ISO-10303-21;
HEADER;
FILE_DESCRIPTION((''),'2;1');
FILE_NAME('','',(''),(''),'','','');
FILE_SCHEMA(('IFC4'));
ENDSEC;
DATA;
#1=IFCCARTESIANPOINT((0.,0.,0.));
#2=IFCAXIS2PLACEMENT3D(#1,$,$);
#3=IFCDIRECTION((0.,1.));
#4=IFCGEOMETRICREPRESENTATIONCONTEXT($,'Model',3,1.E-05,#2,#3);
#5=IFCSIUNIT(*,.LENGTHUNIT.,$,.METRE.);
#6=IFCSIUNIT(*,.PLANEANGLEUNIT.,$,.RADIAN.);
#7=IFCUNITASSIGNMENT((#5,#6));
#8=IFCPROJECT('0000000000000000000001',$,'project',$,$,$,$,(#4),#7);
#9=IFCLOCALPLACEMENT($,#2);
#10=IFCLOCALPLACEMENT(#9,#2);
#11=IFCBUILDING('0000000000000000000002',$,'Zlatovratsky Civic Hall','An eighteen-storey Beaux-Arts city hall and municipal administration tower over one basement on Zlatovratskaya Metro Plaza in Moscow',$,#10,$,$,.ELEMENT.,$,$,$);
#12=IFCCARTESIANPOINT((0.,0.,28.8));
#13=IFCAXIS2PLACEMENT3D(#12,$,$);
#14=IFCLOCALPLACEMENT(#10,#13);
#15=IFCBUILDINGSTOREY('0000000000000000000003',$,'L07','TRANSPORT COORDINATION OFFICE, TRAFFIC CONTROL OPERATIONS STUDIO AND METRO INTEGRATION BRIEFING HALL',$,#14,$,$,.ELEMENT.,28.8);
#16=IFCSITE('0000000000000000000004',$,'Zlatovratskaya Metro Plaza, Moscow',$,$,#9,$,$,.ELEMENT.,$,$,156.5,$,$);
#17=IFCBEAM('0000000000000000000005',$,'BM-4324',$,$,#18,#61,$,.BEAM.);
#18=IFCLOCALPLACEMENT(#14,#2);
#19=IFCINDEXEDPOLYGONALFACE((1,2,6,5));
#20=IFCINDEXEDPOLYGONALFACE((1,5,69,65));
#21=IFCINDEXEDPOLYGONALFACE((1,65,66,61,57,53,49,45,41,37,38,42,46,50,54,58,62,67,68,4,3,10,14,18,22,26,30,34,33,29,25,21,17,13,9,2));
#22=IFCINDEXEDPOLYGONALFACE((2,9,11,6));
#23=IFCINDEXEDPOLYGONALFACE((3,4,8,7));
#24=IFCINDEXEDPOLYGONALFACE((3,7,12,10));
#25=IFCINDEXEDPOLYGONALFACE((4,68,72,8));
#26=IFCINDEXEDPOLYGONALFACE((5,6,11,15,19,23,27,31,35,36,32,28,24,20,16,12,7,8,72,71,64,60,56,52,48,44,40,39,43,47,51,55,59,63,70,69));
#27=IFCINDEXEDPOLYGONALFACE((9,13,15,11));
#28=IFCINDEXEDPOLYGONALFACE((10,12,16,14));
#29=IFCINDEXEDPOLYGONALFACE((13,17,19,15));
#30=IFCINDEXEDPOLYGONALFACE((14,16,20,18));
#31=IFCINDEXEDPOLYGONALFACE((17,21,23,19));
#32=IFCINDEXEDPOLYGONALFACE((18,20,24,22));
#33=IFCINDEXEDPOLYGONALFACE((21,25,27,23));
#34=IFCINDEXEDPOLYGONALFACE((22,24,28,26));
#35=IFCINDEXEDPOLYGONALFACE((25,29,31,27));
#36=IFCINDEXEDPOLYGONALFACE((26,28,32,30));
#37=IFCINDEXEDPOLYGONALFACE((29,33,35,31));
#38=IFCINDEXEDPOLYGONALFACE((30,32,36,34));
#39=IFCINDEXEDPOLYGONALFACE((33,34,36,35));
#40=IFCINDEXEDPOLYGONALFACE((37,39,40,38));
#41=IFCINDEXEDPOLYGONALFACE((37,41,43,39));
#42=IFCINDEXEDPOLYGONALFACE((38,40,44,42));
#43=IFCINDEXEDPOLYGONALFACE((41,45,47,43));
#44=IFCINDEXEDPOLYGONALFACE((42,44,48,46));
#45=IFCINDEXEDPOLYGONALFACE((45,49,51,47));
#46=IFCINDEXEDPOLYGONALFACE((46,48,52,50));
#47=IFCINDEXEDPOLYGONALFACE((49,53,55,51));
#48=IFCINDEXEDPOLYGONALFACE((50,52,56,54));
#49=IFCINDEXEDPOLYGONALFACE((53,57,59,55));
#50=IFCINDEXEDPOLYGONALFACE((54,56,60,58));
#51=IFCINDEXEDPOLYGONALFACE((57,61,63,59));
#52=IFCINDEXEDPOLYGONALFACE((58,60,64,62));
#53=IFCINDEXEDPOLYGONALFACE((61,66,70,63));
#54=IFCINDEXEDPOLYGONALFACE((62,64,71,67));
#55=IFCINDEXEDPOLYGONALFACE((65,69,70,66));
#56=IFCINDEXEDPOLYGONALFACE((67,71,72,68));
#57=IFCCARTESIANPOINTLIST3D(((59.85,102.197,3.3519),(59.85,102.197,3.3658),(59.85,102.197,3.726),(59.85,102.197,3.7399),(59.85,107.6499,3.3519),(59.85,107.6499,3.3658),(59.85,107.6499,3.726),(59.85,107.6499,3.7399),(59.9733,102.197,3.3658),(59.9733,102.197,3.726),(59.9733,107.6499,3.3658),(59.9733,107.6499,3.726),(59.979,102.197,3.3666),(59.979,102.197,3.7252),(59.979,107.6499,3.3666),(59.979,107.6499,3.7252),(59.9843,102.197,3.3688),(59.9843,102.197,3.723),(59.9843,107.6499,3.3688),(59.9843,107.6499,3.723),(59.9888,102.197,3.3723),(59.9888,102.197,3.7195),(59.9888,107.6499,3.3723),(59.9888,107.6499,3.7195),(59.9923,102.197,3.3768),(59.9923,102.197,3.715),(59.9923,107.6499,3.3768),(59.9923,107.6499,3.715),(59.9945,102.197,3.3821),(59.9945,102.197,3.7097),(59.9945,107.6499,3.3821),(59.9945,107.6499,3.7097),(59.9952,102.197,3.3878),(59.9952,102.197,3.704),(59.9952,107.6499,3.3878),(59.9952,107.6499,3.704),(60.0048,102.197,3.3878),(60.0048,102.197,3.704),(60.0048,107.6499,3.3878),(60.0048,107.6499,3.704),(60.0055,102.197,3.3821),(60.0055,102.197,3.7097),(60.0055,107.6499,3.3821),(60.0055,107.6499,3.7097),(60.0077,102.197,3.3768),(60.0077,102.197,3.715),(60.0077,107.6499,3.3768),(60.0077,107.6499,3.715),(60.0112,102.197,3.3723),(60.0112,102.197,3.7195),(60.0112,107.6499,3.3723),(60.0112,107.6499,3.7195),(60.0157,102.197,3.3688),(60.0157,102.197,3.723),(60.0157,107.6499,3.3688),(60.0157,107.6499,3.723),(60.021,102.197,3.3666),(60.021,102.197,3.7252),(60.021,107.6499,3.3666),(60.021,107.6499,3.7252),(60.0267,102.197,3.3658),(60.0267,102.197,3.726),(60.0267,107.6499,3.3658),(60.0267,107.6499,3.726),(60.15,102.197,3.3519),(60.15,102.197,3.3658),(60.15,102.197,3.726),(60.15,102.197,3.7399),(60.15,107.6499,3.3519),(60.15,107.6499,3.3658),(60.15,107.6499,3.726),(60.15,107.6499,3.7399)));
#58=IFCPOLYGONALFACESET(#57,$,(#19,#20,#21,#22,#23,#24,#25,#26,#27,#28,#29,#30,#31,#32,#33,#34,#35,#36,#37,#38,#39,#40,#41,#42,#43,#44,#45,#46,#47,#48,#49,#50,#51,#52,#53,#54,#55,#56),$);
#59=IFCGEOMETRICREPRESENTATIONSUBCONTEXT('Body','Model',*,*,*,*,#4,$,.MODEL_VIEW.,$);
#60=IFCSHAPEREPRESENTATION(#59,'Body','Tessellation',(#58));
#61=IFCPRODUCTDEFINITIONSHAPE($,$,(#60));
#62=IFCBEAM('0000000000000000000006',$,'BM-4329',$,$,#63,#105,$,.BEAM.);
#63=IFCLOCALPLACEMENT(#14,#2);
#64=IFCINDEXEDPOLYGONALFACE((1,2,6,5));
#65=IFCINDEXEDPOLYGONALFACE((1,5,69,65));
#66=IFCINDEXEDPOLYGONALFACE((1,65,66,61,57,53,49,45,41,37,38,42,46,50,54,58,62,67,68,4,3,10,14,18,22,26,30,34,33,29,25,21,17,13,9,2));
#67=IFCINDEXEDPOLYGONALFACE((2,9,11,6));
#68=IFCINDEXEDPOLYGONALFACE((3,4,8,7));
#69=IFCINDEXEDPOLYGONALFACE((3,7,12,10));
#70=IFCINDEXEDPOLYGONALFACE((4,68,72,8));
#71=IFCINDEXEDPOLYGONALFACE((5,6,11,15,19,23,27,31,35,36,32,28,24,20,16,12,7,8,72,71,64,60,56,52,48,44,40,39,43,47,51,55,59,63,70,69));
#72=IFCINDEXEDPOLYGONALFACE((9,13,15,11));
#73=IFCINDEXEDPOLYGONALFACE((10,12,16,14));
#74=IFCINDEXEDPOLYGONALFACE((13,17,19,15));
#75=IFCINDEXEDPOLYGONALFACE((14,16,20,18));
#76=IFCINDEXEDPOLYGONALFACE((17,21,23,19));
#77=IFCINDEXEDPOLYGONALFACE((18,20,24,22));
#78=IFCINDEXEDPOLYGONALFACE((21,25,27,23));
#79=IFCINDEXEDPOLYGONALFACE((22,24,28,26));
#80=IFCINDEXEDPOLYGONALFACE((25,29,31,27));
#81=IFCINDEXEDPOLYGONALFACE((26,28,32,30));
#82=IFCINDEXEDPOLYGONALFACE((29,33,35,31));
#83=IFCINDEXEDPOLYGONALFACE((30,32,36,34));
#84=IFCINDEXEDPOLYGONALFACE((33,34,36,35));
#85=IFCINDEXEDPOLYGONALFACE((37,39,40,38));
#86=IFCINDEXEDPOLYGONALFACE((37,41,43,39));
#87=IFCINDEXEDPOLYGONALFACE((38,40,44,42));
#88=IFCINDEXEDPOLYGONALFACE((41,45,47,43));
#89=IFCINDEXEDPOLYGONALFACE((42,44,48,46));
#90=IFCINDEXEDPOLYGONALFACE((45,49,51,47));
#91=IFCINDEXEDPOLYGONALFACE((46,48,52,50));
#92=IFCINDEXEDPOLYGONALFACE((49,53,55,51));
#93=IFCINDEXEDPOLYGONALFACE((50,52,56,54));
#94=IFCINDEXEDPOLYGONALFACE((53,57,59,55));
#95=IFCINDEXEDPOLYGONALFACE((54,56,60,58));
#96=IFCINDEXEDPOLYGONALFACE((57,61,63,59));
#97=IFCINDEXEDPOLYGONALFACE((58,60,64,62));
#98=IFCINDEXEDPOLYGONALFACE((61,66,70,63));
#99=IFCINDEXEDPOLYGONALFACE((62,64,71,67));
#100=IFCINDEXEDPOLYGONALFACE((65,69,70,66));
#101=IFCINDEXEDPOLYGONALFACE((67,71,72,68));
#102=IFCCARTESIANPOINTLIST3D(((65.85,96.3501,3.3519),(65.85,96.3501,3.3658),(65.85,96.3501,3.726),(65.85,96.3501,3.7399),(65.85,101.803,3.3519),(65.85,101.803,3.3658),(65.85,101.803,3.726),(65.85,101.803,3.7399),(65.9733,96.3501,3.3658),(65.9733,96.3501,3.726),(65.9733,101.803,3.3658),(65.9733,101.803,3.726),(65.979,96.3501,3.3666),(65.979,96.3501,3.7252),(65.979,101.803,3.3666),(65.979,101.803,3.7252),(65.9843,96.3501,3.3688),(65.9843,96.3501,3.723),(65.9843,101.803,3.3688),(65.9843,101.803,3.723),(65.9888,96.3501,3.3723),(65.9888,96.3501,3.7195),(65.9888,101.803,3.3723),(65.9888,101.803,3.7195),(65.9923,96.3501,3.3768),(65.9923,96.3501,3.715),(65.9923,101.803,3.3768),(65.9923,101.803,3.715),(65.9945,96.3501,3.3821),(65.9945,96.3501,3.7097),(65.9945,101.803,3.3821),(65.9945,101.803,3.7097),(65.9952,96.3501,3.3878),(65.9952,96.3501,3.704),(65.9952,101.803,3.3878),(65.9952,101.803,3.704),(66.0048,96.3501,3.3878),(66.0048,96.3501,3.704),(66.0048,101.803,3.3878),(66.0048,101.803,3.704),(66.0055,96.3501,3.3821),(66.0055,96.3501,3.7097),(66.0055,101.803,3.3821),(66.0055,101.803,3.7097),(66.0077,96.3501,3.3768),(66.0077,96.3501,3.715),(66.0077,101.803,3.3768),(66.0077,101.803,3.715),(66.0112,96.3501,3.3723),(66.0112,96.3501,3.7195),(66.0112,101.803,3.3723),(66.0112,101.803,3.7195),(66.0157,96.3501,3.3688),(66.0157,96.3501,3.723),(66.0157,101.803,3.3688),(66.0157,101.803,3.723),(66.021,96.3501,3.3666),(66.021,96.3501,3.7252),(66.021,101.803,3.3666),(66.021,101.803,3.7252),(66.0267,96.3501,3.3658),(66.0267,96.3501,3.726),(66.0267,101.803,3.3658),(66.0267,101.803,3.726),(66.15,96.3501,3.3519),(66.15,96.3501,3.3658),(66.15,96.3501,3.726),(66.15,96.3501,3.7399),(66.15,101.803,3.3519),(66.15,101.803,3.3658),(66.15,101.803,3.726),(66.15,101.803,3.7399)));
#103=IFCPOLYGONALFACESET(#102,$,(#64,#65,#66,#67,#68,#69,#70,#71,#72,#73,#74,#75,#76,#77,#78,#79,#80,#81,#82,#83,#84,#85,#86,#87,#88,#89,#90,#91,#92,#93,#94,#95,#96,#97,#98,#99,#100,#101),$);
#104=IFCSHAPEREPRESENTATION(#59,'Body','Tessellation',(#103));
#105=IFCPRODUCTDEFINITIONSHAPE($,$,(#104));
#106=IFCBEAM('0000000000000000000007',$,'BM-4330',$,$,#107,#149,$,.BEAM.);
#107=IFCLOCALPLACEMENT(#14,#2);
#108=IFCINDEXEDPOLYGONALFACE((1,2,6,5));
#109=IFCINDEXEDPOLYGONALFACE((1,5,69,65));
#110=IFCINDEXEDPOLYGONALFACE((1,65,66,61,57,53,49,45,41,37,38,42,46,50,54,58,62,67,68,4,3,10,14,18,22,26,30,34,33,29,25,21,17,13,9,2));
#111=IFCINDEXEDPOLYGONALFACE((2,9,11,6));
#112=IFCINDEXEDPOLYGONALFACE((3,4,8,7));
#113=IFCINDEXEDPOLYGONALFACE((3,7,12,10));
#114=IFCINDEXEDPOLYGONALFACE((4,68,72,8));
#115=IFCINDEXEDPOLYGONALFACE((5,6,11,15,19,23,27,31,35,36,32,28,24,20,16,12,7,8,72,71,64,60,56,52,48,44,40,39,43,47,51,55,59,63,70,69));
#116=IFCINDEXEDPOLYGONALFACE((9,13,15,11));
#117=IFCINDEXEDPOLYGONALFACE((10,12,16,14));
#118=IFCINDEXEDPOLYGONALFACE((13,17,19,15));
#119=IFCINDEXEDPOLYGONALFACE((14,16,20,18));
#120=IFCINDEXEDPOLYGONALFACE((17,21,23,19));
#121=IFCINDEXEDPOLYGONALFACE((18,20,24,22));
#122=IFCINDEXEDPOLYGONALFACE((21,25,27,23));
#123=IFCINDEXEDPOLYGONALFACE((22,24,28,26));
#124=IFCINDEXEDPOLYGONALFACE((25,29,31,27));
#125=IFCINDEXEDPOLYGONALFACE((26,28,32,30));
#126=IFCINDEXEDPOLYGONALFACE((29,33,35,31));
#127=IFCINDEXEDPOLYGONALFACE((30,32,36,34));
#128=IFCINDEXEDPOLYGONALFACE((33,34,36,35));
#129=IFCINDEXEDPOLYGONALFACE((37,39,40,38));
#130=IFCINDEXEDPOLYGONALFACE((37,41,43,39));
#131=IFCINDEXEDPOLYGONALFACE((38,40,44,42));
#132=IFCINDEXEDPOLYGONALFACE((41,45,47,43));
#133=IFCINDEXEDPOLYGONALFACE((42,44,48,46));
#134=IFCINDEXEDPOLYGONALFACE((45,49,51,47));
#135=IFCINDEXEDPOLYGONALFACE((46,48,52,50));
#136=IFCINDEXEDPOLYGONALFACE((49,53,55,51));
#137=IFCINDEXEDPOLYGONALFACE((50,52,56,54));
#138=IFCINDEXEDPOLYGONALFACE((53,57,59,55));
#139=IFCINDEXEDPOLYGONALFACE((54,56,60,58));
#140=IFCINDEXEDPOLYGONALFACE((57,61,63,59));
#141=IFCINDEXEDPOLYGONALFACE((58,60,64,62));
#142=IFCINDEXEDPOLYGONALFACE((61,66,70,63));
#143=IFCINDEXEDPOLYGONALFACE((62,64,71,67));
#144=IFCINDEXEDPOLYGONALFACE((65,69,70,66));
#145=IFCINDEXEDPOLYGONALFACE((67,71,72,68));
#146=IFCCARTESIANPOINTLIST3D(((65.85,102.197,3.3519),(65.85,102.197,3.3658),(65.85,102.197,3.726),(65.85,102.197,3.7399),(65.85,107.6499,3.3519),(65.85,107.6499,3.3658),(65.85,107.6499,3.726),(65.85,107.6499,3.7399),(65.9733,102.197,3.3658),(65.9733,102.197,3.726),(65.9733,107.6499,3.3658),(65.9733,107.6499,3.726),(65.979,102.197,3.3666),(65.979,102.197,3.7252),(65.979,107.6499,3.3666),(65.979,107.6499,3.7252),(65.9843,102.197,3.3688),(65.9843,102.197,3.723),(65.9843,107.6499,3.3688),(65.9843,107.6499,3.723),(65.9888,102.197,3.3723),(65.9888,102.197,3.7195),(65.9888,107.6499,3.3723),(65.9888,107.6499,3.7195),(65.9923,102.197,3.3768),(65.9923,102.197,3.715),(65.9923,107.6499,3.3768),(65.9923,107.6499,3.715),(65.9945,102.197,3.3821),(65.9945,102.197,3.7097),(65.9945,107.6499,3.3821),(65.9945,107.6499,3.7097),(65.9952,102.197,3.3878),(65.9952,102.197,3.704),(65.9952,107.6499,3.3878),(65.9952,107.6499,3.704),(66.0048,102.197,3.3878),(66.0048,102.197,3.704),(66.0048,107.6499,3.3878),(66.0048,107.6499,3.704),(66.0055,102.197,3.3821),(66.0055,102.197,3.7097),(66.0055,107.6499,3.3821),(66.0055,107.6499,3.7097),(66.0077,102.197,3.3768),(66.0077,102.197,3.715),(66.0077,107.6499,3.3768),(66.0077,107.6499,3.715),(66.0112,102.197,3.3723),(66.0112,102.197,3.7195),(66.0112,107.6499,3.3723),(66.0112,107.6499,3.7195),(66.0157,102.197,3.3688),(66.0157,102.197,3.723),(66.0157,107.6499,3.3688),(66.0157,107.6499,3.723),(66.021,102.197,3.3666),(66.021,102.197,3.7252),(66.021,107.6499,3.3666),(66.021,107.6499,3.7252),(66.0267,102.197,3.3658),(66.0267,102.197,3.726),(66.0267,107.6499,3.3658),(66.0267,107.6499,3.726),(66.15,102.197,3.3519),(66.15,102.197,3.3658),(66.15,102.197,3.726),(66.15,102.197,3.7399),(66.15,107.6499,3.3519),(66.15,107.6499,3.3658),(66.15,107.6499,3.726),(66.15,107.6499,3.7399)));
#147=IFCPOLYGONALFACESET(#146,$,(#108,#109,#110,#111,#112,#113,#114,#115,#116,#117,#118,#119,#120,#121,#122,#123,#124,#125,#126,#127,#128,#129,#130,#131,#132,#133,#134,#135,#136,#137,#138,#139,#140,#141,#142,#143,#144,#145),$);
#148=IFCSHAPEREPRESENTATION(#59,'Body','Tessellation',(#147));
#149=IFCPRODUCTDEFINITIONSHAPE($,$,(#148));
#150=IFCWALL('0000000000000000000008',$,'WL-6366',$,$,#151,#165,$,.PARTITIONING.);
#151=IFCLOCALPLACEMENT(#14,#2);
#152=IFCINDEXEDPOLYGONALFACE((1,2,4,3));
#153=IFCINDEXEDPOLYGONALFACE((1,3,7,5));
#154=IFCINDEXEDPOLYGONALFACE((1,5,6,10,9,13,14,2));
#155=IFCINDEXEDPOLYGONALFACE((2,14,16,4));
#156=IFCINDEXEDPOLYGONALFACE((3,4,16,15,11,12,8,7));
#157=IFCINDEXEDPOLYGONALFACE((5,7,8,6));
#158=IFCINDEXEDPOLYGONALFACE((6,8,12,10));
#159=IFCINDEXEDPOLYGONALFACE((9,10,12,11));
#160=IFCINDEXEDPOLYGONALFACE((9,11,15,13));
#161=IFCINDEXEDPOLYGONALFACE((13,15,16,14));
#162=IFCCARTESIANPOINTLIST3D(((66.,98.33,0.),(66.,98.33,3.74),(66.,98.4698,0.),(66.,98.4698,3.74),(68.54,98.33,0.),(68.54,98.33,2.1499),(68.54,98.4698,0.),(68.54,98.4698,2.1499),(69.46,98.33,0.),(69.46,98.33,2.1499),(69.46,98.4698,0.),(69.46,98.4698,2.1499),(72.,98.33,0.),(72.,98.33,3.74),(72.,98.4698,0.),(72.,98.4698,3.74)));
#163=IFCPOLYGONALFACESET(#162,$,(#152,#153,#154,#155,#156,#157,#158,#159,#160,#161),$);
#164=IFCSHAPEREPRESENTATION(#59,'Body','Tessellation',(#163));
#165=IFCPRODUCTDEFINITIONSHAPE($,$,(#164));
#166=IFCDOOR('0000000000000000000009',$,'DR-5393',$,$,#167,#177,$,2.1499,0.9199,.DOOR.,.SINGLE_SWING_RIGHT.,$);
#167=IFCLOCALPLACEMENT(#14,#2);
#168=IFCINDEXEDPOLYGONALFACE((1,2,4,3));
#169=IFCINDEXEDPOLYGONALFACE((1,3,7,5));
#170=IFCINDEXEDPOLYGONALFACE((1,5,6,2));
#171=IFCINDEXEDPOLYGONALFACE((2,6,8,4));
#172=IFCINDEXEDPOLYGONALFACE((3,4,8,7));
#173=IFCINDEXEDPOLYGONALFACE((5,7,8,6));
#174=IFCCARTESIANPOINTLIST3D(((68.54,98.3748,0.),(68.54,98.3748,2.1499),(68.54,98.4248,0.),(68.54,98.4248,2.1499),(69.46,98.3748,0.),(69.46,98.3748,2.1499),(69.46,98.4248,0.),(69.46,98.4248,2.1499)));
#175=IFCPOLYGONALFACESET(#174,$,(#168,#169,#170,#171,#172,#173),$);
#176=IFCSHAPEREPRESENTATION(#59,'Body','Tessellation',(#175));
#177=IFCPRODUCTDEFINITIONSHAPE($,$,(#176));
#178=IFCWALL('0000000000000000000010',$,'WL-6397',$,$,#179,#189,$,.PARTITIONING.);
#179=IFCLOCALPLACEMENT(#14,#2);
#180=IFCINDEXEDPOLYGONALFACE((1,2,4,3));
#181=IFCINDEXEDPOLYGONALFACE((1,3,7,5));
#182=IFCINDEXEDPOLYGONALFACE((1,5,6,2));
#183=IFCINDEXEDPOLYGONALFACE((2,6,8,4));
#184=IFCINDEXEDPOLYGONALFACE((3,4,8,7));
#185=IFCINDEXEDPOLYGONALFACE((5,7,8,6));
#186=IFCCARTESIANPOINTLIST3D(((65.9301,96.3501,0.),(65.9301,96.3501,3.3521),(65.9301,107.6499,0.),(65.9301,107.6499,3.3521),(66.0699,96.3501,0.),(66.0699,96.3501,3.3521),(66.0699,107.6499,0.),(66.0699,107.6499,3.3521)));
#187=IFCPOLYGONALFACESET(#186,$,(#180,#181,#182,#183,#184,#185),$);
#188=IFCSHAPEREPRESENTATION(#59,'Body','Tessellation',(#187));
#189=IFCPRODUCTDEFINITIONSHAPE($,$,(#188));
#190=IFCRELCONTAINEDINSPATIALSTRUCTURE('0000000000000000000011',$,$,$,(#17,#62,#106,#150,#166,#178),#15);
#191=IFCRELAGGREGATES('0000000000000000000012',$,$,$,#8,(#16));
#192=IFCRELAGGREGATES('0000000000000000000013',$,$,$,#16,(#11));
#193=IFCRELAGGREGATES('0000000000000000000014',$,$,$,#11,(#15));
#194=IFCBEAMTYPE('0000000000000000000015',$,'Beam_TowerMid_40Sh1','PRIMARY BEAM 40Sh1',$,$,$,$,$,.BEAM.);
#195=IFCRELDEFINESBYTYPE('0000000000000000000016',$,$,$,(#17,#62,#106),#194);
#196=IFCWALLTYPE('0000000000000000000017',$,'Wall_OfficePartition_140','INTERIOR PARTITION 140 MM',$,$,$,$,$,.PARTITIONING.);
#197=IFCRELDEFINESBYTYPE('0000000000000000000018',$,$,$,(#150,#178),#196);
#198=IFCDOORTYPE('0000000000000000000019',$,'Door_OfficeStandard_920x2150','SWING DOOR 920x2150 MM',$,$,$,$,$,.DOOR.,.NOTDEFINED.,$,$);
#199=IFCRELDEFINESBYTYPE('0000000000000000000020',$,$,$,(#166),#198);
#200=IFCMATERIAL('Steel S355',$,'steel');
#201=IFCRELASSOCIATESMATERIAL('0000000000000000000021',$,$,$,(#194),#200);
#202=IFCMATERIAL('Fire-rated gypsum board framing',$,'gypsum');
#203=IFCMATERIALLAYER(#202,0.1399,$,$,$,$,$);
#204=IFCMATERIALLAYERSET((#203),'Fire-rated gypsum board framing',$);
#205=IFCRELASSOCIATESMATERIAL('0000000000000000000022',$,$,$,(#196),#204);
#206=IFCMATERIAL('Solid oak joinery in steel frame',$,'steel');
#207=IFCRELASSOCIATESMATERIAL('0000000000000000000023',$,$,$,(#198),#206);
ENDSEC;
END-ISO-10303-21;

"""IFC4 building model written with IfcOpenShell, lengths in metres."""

from ifc_helpers import new_model, si_unit, direction, frame, frame_2d, origin, origin_2d, place, context, subcontext, project, spatial, rectangle, i_section, extrude, material, layer, layer_set, material_profile, profile_set, type_object, element, fill, save


model = new_model("IFC4")

# Units and contexts
model_context = context("Model", 3, precision=1e-05, world=origin(), true_north=direction((0.0, 1.0)))
body_context = subcontext(model_context, "Body", "Model", "MODEL_VIEW")
ifc_project = project(units=[si_unit("LENGTHUNIT", "METRE"), si_unit("PLANEANGLEUNIT", "RADIAN")], contexts=[model_context])

# Site, building, storey
site_placement = place(None, origin())
site = spatial("IfcSite", under=ifc_project, at=site_placement, Name="Zlatovratskaya Metro Plaza, Moscow", CompositionType="ELEMENT", RefElevation=156.5)
building_placement = place(site_placement, origin())
building = spatial("IfcBuilding", under=site, at=building_placement, Name="Zlatovratsky Civic Hall", Description="An eighteen-storey Beaux-Arts city hall and municipal administration tower over one basement on Zlatovratskaya Metro Plaza in Moscow", CompositionType="ELEMENT")
storey_placement = place(building_placement, frame((0.0, 0.0, 28.8)))
storey = spatial("IfcBuildingStorey", under=building, at=storey_placement, Name="L07", Description="TRANSPORT COORDINATION OFFICE, TRAFFIC CONTROL OPERATIONS STUDIO AND METRO INTEGRATION BRIEFING HALL", CompositionType="ELEMENT", Elevation=28.8)

# Shared definitions
ifc_material_1 = material(Name="Steel S355", Category="steel")

# Beams
ifc_material_profile_1 = material_profile(ifc_material_1, i_section(OverallWidth=0.3, OverallDepth=0.3879, WebThickness=0.0095, FlangeThickness=0.0139, FilletRadius=0.022, at=origin_2d()), Name="40Sh1")
ifc_profile_set_1 = profile_set([ifc_material_profile_1], Name="Steel S355")
beam_type_1 = type_object("IfcBeamType", Name="Beam_TowerMid_40Sh1", Description="PRIMARY BEAM 40Sh1", PredefinedType="BEAM", material=ifc_profile_set_1)
for number, where, z_axis, x_axis, name in (
    (1, (60.0, 102.197, 3.5459), (0.0, 1.0, 0.0), (-1.0, 0.0, 0.0), "BM-4324"),
    (2, (66.0, 96.3501, 3.5459), (0.0, 1.0, 0.0), (-1.0, 0.0, 0.0), "BM-4329"),
    (3, (66.0, 102.197, 3.5459), (0.0, 1.0, 0.0), (-1.0, 0.0, 0.0), "BM-4330"),
):
    element("IfcBeam", number, at=place(storey_placement, frame(where, z_axis=z_axis, x_axis=x_axis)), inside=storey, type_object=beam_type_1, Name=name, PredefinedType="BEAM", context=body_context, shape_type="SweptSolid", body=[
        extrude(i_section(OverallWidth=0.3, OverallDepth=0.3879, WebThickness=0.0095, FlangeThickness=0.0139, FilletRadius=0.022, at=origin_2d()), origin(), (0.0, 0.0, 1.0), 5.4529),
    ])

# Wall, opening, door
ifc_material_2 = material(Name="Fire-rated gypsum board framing", Category="gypsum")
ifc_layer_1 = layer(ifc_material_2, 0.1399)
ifc_layer_set_1 = layer_set([ifc_layer_1], Name="Fire-rated gypsum board framing")
wall_type_1 = type_object("IfcWallType", Name="Wall_OfficePartition_140", Description="INTERIOR PARTITION 140 MM", PredefinedType="PARTITIONING", material=ifc_layer_set_1)
wall_1_placement = place(storey_placement, frame((66.0, 98.3999, 0.0), z_axis=(0.0, 0.0, 1.0), x_axis=(1.0, 0.0, 0.0)))
wall_1 = element("IfcWall", 4, at=wall_1_placement, inside=storey, type_object=wall_type_1, Name="WL-6366", PredefinedType="PARTITIONING", context=body_context, shape_type="SweptSolid", body=[
    extrude(rectangle(XDim=6.0, YDim=0.1399, at=frame_2d((3.0, 0.0))), origin(), (0.0, 0.0, 1.0), 3.74),
])
opening_1_placement = place(wall_1_placement, frame((2.54, 0.0, 0.0)))
opening_1 = element("IfcOpeningElement", 5, at=opening_1_placement, cuts=wall_1, PredefinedType="OPENING", context=body_context, shape_type="SweptSolid", body=[
    extrude(rectangle(XDim=0.9199, YDim=2.1499, at=frame_2d((0.46, 1.075))), frame((0.0, 0.085, 0.0), z_axis=(0.0, -1.0, 0.0), x_axis=(1.0, 0.0, 0.0)), (0.0, 0.0, 1.0), 0.1697),
])
ifc_material_3 = material(Name="Solid oak joinery in steel frame", Category="steel")
door_type = type_object("IfcDoorType", Name="Door_OfficeStandard_920x2150", Description="SWING DOOR 920x2150 MM", OperationType="NOTDEFINED", PredefinedType="DOOR", material=ifc_material_3)
door_placement = place(opening_1_placement, origin())
door = element("IfcDoor", 6, at=door_placement, inside=storey, type_object=door_type, Name="DR-5393", OperationType="SINGLE_SWING_RIGHT", OverallHeight=2.1499, OverallWidth=0.9199, PredefinedType="DOOR", context=body_context, shape_type="SweptSolid", body=[
    extrude(rectangle(XDim=0.9199, YDim=2.1499, at=frame_2d((0.46, 1.075))), frame((0.0, 0.0249, 0.0), z_axis=(0.0, -1.0, 0.0), x_axis=(1.0, 0.0, 0.0)), (0.0, 0.0, 1.0), 0.05),
])
fill(opening_1, door)

# Wall
wall_2_placement = place(storey_placement, frame((66.0, 96.3501, 0.0), z_axis=(0.0, 0.0, 1.0), x_axis=(0.0, 1.0, 0.0)))
element("IfcWall", 7, at=wall_2_placement, inside=storey, type_object=wall_type_1, Name="WL-6397", PredefinedType="PARTITIONING", context=body_context, shape_type="SweptSolid", body=[
    extrude(rectangle(XDim=11.2998, YDim=0.1399, at=frame_2d((5.6499, 0.0))), origin(), (0.0, 0.0, 1.0), 3.3521),
])

save(model, "model.ifc")
